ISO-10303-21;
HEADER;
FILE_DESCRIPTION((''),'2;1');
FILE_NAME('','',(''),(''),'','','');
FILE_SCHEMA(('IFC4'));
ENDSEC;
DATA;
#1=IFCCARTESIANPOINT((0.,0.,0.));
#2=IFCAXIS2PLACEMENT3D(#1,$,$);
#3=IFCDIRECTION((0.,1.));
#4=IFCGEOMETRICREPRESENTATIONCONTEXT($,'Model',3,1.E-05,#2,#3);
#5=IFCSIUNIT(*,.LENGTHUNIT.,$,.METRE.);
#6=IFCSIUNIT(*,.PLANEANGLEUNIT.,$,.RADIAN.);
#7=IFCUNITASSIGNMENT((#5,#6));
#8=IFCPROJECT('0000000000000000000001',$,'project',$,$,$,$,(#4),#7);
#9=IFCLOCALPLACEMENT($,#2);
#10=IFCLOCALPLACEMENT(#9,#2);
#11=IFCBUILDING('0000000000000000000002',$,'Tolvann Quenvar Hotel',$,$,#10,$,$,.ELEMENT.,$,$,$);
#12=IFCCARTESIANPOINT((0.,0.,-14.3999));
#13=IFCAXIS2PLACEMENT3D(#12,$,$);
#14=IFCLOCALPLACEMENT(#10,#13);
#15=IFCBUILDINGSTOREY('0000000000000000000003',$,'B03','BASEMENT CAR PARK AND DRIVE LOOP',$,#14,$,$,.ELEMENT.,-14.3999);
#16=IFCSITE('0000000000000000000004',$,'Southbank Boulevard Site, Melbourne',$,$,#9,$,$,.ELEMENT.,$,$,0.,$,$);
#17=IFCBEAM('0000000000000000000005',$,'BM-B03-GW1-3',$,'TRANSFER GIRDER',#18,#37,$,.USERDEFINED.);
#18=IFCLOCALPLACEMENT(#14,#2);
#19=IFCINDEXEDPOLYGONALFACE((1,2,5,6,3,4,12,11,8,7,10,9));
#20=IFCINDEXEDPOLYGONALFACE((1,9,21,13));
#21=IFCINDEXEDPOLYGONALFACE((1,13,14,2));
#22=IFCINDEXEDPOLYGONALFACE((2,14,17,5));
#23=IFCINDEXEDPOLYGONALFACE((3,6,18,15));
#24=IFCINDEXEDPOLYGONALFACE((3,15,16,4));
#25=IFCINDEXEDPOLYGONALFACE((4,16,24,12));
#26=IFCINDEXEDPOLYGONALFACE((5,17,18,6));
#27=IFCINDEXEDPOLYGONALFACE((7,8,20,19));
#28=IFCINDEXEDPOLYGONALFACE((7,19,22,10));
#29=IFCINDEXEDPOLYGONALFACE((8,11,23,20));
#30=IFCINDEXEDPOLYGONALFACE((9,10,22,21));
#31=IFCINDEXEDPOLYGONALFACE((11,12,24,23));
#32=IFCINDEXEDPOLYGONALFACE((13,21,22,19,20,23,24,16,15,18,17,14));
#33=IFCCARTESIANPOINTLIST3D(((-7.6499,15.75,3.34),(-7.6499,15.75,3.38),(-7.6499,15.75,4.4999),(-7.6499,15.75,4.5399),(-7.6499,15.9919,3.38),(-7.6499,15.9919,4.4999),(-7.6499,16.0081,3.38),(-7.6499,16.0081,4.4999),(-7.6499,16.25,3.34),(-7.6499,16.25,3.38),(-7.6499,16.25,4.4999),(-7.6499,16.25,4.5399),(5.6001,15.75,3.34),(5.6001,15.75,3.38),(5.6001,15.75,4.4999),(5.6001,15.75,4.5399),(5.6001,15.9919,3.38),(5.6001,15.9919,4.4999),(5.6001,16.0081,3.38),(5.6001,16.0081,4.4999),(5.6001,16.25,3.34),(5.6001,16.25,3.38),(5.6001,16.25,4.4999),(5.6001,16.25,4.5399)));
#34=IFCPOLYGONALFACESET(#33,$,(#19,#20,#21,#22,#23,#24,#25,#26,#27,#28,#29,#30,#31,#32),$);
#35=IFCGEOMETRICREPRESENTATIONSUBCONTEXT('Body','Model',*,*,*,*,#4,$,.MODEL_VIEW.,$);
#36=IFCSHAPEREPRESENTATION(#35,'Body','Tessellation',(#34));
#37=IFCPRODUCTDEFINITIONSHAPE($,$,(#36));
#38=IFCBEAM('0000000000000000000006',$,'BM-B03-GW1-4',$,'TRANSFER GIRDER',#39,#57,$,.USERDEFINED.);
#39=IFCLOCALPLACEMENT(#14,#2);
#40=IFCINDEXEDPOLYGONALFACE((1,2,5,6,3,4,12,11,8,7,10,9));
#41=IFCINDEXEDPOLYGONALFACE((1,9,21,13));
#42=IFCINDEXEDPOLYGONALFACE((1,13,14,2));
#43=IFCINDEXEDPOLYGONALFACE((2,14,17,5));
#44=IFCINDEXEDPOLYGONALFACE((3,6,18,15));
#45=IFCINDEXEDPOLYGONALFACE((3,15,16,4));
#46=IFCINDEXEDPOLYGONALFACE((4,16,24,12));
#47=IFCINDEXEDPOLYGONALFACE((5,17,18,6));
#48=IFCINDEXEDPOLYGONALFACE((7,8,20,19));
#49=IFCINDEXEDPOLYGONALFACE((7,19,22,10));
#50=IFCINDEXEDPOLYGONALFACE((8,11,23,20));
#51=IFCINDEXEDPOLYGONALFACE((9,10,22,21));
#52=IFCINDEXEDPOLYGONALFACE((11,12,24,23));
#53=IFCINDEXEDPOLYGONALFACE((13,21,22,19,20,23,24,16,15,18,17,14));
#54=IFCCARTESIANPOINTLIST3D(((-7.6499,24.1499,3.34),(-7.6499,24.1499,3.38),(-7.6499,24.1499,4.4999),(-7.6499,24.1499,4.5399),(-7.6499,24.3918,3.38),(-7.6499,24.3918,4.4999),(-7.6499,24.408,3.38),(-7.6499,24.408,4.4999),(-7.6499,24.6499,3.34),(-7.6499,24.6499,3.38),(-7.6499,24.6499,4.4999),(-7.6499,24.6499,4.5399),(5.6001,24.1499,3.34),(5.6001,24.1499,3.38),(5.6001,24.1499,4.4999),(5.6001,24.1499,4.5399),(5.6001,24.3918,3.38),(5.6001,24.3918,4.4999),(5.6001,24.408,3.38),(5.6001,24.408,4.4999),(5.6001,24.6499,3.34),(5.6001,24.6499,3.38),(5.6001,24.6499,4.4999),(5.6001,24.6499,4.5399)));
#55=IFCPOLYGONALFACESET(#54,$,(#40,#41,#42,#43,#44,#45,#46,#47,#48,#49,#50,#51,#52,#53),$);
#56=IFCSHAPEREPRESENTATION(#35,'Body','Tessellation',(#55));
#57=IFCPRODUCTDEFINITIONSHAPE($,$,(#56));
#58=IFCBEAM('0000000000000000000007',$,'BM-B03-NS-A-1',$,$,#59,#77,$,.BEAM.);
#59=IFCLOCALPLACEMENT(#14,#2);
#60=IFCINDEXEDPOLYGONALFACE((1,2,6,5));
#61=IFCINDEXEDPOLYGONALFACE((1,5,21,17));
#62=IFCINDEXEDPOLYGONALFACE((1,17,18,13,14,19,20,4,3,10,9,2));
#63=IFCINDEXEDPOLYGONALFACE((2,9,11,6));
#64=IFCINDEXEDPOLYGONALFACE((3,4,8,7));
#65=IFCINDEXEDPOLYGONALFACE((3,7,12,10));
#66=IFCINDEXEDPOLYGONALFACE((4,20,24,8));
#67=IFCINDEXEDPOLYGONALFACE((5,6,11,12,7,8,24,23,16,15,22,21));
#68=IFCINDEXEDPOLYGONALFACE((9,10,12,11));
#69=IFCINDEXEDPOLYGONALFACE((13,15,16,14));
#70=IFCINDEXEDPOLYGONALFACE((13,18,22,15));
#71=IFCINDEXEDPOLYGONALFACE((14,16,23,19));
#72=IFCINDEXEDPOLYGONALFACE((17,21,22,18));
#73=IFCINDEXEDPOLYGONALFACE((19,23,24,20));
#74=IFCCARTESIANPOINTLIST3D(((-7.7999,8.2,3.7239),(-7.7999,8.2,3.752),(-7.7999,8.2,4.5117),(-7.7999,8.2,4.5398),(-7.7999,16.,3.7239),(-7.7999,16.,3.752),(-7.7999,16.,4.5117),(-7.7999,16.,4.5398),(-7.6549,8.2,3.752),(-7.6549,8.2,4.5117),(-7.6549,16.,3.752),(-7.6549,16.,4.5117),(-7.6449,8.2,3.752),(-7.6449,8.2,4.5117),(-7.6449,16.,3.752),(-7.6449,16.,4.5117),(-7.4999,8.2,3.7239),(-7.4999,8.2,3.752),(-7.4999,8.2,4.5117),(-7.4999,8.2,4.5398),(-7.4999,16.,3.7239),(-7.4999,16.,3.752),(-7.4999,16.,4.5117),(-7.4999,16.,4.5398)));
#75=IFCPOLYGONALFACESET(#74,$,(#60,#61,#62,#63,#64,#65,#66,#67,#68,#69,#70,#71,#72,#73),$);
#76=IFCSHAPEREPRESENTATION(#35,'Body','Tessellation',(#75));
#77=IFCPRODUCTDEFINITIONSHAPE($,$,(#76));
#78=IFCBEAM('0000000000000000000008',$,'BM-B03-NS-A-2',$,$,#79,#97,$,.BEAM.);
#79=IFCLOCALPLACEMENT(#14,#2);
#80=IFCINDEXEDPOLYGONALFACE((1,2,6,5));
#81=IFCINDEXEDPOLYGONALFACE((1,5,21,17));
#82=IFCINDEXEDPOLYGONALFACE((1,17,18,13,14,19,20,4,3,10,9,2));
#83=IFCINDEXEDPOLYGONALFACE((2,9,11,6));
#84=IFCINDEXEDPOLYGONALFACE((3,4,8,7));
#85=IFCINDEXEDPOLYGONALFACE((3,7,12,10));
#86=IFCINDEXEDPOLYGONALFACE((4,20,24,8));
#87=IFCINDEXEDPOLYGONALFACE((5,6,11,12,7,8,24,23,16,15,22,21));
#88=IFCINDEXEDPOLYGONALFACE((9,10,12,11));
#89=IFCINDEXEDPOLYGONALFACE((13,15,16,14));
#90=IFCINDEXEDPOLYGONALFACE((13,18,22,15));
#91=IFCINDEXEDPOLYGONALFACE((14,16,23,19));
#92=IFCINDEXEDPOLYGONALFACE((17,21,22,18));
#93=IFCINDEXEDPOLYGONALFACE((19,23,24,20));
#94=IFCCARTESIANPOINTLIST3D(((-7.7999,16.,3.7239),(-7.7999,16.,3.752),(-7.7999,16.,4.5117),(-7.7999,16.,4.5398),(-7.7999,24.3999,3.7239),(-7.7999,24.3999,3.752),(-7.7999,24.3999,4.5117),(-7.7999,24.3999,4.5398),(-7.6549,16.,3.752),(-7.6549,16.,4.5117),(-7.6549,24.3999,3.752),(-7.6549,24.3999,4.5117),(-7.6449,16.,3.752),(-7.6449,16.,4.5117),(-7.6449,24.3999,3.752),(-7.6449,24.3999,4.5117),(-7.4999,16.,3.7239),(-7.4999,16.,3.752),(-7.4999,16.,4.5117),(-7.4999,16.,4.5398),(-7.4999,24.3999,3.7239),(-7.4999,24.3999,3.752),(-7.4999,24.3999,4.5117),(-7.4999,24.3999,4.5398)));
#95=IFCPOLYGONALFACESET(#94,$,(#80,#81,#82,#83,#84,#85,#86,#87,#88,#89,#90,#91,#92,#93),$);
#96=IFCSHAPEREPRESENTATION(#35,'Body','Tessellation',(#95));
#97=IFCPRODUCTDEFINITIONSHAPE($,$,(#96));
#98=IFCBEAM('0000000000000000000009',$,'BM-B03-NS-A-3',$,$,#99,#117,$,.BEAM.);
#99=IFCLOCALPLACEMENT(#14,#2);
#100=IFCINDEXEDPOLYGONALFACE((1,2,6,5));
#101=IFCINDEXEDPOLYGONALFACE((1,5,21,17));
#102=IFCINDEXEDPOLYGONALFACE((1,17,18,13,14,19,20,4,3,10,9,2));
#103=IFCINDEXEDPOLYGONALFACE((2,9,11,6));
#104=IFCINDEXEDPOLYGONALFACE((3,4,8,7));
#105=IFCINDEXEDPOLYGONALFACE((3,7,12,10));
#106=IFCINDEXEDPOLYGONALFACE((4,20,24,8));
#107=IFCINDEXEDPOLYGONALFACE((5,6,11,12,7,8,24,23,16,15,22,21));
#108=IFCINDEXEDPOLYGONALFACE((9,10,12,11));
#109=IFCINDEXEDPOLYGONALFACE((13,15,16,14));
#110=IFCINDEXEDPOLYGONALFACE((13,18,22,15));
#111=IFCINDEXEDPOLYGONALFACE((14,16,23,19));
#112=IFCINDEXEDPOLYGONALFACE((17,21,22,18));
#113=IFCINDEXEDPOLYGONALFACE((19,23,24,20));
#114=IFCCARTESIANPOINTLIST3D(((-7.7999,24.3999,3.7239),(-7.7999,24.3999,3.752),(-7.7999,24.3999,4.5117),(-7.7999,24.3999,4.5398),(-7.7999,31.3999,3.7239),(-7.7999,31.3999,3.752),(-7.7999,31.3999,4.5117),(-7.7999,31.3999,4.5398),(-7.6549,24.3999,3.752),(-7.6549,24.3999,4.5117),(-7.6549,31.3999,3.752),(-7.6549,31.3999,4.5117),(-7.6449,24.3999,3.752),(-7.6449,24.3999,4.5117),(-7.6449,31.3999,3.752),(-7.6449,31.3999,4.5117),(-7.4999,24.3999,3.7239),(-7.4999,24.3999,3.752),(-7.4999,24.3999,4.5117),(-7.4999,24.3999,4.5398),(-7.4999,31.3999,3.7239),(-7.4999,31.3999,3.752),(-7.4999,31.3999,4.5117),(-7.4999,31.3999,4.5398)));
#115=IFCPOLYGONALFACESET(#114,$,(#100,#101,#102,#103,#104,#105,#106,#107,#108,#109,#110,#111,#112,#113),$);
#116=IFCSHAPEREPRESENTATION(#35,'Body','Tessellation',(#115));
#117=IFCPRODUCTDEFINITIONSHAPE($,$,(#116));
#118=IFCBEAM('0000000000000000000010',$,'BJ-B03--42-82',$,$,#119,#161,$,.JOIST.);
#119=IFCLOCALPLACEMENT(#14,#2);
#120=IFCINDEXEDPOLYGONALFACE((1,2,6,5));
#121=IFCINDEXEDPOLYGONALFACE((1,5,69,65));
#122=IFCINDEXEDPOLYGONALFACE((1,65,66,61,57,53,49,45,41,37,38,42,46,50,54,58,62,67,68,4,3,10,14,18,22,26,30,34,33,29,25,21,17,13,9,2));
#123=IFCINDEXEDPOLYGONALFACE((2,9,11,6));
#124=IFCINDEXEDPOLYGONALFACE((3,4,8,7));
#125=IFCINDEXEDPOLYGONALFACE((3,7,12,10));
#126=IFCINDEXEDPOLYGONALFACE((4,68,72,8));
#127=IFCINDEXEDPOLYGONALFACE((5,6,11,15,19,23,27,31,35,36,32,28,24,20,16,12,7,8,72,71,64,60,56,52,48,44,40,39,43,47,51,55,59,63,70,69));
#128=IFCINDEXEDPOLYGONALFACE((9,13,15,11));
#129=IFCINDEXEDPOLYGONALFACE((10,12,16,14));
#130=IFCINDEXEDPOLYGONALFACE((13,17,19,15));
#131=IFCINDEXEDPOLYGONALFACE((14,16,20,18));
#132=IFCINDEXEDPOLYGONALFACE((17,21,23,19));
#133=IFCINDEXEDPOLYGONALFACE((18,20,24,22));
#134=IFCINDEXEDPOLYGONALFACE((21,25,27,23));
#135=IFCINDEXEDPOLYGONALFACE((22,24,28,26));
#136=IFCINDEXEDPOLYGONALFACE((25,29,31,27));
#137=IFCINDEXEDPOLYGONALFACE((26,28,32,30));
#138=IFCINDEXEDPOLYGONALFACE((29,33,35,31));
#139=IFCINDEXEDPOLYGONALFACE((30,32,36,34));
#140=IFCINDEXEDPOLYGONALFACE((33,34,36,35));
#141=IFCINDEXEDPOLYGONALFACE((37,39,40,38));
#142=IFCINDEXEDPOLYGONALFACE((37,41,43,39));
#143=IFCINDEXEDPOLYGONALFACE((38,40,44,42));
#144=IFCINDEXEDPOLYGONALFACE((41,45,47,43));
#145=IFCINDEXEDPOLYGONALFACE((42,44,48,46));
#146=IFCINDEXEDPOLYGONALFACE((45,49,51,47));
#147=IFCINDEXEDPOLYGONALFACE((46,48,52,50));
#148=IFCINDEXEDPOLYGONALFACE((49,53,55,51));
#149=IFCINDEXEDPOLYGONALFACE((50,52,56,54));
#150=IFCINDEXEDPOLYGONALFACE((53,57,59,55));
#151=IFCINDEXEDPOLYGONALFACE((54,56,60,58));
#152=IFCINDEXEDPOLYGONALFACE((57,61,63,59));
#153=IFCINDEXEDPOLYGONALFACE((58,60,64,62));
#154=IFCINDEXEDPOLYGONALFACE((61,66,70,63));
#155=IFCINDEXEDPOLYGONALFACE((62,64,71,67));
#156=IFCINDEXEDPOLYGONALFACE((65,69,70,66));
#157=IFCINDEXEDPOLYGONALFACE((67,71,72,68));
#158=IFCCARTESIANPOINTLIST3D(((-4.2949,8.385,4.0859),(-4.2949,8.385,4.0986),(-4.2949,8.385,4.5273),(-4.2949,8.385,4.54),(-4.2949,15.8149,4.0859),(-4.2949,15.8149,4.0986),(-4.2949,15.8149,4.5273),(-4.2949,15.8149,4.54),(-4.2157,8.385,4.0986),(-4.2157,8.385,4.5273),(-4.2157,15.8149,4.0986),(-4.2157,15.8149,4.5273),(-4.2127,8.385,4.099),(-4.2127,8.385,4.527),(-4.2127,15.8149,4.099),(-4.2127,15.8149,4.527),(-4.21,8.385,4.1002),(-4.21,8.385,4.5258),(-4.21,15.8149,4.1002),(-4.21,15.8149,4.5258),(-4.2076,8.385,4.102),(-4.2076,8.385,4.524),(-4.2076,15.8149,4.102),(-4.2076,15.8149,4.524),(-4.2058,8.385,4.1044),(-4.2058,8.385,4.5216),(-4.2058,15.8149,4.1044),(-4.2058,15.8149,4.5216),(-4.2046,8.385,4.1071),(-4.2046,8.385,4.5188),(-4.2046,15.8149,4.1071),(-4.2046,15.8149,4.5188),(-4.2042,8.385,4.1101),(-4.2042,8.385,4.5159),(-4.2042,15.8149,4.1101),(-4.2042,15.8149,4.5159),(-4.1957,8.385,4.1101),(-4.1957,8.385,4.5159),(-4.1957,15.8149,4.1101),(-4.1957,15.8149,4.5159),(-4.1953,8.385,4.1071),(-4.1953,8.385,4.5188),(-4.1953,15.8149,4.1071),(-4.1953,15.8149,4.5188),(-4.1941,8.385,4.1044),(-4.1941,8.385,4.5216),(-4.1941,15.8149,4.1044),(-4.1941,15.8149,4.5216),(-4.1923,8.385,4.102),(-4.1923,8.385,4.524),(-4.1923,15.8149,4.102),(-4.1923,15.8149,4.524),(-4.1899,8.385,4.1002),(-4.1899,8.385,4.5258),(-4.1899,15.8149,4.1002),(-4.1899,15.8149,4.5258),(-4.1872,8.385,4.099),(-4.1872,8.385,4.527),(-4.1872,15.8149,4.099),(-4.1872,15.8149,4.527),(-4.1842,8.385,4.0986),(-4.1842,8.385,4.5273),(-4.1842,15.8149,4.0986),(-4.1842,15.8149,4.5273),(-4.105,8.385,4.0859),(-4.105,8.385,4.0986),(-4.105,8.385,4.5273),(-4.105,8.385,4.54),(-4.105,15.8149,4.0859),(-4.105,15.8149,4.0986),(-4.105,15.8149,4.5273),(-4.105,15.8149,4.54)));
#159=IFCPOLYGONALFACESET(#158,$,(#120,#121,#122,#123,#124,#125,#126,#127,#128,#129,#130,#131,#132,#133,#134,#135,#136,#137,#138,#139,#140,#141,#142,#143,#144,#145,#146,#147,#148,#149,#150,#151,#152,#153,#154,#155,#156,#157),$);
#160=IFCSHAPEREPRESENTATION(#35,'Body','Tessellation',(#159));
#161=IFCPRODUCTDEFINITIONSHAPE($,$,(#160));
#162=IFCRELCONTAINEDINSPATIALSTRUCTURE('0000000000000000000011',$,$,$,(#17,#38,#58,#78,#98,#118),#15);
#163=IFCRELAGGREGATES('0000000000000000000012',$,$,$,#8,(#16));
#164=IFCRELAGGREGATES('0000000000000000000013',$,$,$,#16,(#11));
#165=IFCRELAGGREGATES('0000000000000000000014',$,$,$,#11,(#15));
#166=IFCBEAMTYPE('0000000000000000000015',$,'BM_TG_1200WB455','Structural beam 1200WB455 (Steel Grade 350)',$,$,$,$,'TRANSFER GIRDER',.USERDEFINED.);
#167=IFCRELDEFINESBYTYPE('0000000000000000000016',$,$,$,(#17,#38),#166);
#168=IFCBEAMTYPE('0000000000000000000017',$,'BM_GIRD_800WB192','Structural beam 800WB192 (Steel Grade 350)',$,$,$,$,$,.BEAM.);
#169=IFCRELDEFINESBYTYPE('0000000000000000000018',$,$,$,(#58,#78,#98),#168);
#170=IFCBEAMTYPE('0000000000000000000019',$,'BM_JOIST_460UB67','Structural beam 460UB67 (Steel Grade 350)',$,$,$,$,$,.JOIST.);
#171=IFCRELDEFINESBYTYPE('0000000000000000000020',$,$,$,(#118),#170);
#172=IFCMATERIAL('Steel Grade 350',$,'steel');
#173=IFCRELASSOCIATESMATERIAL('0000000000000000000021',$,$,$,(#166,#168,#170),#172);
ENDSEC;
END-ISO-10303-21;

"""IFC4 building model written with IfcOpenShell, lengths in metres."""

from ifc_helpers import new_model, si_unit, direction, frame, origin, origin_2d, place, context, subcontext, project, spatial, i_section, extrude, source, transform, mapped, material, material_profile, profile_set, type_object, type_shapes, element, save


model = new_model("IFC4")

# Units and contexts
model_context = context("Model", 3, precision=1e-05, world=origin(), true_north=direction((0.0, 1.0)))
body_context = subcontext(model_context, "Body", "Model", "MODEL_VIEW")
ifc_project = project(units=[si_unit("LENGTHUNIT", "METRE"), si_unit("PLANEANGLEUNIT", "RADIAN")], contexts=[model_context])

# Site, building, storey
site_placement = place(None, origin())
site = spatial("IfcSite", under=ifc_project, at=site_placement, Name="Southbank Boulevard Site, Melbourne", CompositionType="ELEMENT", RefElevation=0.0)
building_placement = place(site_placement, origin())
building = spatial("IfcBuilding", under=site, at=building_placement, Name="Tolvann Quenvar Hotel", CompositionType="ELEMENT")
storey_placement = place(building_placement, frame((0.0, 0.0, -14.3999)))
storey = spatial("IfcBuildingStorey", under=building, at=storey_placement, Name="B03", Description="BASEMENT CAR PARK AND DRIVE LOOP", CompositionType="ELEMENT", Elevation=-14.3999)

# Beams
ifc_material_1 = material(Name="Steel Grade 350", Category="steel")
ifc_material_profile_1 = material_profile(ifc_material_1, i_section(OverallWidth=0.5, OverallDepth=1.2, WebThickness=0.0161, FlangeThickness=0.04, at=origin_2d()), Name="1200WB455")
ifc_profile_set_1 = profile_set([ifc_material_profile_1], Name="Steel Grade 350")
beam_type_1 = type_object("IfcBeamType", Name="BM_TG_1200WB455", Description="Structural beam 1200WB455 (Steel Grade 350)", ElementType="TRANSFER GIRDER", PredefinedType="USERDEFINED", material=ifc_profile_set_1)
shared_shape_1 = source(origin(), body_context, "Body", "SweptSolid", [
    extrude(i_section(OverallWidth=0.5, OverallDepth=1.2, WebThickness=0.0161, FlangeThickness=0.04, at=origin_2d()), origin(), (0.0, 0.0, 1.0), 13.25),
])
type_shapes(beam_type_1, [shared_shape_1])
for number, where, z_axis, x_axis, name in (
    (1, (-7.6499, 16.0, 3.9399), (1.0, 0.0, 0.0), (0.0, 1.0, 0.0), "BM-B03-GW1-3"),
    (2, (-7.6499, 24.3999, 3.9399), (1.0, 0.0, 0.0), (0.0, 1.0, 0.0), "BM-B03-GW1-4"),
):
    element("IfcBeam", number, at=place(storey_placement, frame(where, z_axis=z_axis, x_axis=x_axis)), inside=storey, type_object=beam_type_1, Name=name, ObjectType="TRANSFER GIRDER", PredefinedType="USERDEFINED", context=body_context, shape_type="MappedRepresentation", body=[
        mapped(shared_shape_1, transform((0.0, 0.0, 0.0), x_axis=(1.0, 0.0, 0.0), y_axis=(0.0, 1.0, 0.0), z_axis=(0.0, 0.0, 1.0), scale=1.0)),
    ])
ifc_material_profile_2 = material_profile(ifc_material_1, i_section(OverallWidth=0.3, OverallDepth=0.8159, WebThickness=0.01, FlangeThickness=0.0281, at=origin_2d()), Name="800WB192")
ifc_profile_set_2 = profile_set([ifc_material_profile_2], Name="Steel Grade 350")
beam_type_2 = type_object("IfcBeamType", Name="BM_GIRD_800WB192", Description="Structural beam 800WB192 (Steel Grade 350)", PredefinedType="BEAM", material=ifc_profile_set_2)
shared_shape_2 = source(origin(), body_context, "Body", "SweptSolid", [
    extrude(i_section(OverallWidth=0.3, OverallDepth=0.8159, WebThickness=0.01, FlangeThickness=0.0281, at=origin_2d()), origin(), (0.0, 0.0, 1.0), 7.8),
])
beam_1_placement = place(storey_placement, frame((-7.6499, 8.2, 4.1318), z_axis=(0.0, 1.0, 0.0), x_axis=(-1.0, 0.0, 0.0)))
element("IfcBeam", 3, at=beam_1_placement, inside=storey, type_object=beam_type_2, Name="BM-B03-NS-A-1", PredefinedType="BEAM", context=body_context, shape_type="MappedRepresentation", body=[
    mapped(shared_shape_2, transform((0.0, 0.0, 0.0), x_axis=(1.0, 0.0, 0.0), y_axis=(0.0, 1.0, 0.0), z_axis=(0.0, 0.0, 1.0), scale=1.0)),
])
shared_shape_3 = source(origin(), body_context, "Body", "SweptSolid", [
    extrude(i_section(OverallWidth=0.3, OverallDepth=0.8159, WebThickness=0.01, FlangeThickness=0.0281, at=origin_2d()), origin(), (0.0, 0.0, 1.0), 8.3999),
])
beam_2_placement = place(storey_placement, frame((-7.6499, 16.0, 4.1318), z_axis=(0.0, 1.0, 0.0), x_axis=(-1.0, 0.0, 0.0)))
element("IfcBeam", 4, at=beam_2_placement, inside=storey, type_object=beam_type_2, Name="BM-B03-NS-A-2", PredefinedType="BEAM", context=body_context, shape_type="MappedRepresentation", body=[
    mapped(shared_shape_3, transform((0.0, 0.0, 0.0), x_axis=(1.0, 0.0, 0.0), y_axis=(0.0, 1.0, 0.0), z_axis=(0.0, 0.0, 1.0), scale=1.0)),
])
shared_shape_4 = source(origin(), body_context, "Body", "SweptSolid", [
    extrude(i_section(OverallWidth=0.3, OverallDepth=0.8159, WebThickness=0.01, FlangeThickness=0.0281, at=origin_2d()), origin(), (0.0, 0.0, 1.0), 7.0),
])
type_shapes(beam_type_2, [shared_shape_2, shared_shape_3, shared_shape_4])
beam_3_placement = place(storey_placement, frame((-7.6499, 24.3999, 4.1318), z_axis=(0.0, 1.0, 0.0), x_axis=(-1.0, 0.0, 0.0)))
element("IfcBeam", 5, at=beam_3_placement, inside=storey, type_object=beam_type_2, Name="BM-B03-NS-A-3", PredefinedType="BEAM", context=body_context, shape_type="MappedRepresentation", body=[
    mapped(shared_shape_4, transform((0.0, 0.0, 0.0), x_axis=(1.0, 0.0, 0.0), y_axis=(0.0, 1.0, 0.0), z_axis=(0.0, 0.0, 1.0), scale=1.0)),
])
ifc_material_profile_3 = material_profile(ifc_material_1, i_section(OverallWidth=0.1899, OverallDepth=0.4541, WebThickness=0.0085, FlangeThickness=0.0127, FilletRadius=0.0115, at=origin_2d()), Name="460UB67")
ifc_profile_set_3 = profile_set([ifc_material_profile_3], Name="Steel Grade 350")
beam_type_3 = type_object("IfcBeamType", Name="BM_JOIST_460UB67", Description="Structural beam 460UB67 (Steel Grade 350)", PredefinedType="JOIST", material=ifc_profile_set_3)
shared_shape_5 = source(origin(), body_context, "Body", "SweptSolid", [
    extrude(i_section(OverallWidth=0.1899, OverallDepth=0.4541, WebThickness=0.0085, FlangeThickness=0.0127, FilletRadius=0.0115, at=origin_2d()), origin(), (0.0, 0.0, 1.0), 7.4299),
])
for number, where, z_axis, x_axis, name in (
    (6, (-4.2, 8.385, 4.313), (0.0, 1.0, 0.0), (-1.0, 0.0, 0.0), "BJ-B03--42-82"),
):
    element("IfcBeam", number, at=place(storey_placement, frame(where, z_axis=z_axis, x_axis=x_axis)), inside=storey, type_object=beam_type_3, Name=name, PredefinedType="JOIST", context=body_context, shape_type="MappedRepresentation", body=[
        mapped(shared_shape_5, transform((0.0, 0.0, 0.0), x_axis=(1.0, 0.0, 0.0), y_axis=(0.0, 1.0, 0.0), z_axis=(0.0, 0.0, 1.0), scale=1.0)),
    ])

save(model, "model.ifc")
